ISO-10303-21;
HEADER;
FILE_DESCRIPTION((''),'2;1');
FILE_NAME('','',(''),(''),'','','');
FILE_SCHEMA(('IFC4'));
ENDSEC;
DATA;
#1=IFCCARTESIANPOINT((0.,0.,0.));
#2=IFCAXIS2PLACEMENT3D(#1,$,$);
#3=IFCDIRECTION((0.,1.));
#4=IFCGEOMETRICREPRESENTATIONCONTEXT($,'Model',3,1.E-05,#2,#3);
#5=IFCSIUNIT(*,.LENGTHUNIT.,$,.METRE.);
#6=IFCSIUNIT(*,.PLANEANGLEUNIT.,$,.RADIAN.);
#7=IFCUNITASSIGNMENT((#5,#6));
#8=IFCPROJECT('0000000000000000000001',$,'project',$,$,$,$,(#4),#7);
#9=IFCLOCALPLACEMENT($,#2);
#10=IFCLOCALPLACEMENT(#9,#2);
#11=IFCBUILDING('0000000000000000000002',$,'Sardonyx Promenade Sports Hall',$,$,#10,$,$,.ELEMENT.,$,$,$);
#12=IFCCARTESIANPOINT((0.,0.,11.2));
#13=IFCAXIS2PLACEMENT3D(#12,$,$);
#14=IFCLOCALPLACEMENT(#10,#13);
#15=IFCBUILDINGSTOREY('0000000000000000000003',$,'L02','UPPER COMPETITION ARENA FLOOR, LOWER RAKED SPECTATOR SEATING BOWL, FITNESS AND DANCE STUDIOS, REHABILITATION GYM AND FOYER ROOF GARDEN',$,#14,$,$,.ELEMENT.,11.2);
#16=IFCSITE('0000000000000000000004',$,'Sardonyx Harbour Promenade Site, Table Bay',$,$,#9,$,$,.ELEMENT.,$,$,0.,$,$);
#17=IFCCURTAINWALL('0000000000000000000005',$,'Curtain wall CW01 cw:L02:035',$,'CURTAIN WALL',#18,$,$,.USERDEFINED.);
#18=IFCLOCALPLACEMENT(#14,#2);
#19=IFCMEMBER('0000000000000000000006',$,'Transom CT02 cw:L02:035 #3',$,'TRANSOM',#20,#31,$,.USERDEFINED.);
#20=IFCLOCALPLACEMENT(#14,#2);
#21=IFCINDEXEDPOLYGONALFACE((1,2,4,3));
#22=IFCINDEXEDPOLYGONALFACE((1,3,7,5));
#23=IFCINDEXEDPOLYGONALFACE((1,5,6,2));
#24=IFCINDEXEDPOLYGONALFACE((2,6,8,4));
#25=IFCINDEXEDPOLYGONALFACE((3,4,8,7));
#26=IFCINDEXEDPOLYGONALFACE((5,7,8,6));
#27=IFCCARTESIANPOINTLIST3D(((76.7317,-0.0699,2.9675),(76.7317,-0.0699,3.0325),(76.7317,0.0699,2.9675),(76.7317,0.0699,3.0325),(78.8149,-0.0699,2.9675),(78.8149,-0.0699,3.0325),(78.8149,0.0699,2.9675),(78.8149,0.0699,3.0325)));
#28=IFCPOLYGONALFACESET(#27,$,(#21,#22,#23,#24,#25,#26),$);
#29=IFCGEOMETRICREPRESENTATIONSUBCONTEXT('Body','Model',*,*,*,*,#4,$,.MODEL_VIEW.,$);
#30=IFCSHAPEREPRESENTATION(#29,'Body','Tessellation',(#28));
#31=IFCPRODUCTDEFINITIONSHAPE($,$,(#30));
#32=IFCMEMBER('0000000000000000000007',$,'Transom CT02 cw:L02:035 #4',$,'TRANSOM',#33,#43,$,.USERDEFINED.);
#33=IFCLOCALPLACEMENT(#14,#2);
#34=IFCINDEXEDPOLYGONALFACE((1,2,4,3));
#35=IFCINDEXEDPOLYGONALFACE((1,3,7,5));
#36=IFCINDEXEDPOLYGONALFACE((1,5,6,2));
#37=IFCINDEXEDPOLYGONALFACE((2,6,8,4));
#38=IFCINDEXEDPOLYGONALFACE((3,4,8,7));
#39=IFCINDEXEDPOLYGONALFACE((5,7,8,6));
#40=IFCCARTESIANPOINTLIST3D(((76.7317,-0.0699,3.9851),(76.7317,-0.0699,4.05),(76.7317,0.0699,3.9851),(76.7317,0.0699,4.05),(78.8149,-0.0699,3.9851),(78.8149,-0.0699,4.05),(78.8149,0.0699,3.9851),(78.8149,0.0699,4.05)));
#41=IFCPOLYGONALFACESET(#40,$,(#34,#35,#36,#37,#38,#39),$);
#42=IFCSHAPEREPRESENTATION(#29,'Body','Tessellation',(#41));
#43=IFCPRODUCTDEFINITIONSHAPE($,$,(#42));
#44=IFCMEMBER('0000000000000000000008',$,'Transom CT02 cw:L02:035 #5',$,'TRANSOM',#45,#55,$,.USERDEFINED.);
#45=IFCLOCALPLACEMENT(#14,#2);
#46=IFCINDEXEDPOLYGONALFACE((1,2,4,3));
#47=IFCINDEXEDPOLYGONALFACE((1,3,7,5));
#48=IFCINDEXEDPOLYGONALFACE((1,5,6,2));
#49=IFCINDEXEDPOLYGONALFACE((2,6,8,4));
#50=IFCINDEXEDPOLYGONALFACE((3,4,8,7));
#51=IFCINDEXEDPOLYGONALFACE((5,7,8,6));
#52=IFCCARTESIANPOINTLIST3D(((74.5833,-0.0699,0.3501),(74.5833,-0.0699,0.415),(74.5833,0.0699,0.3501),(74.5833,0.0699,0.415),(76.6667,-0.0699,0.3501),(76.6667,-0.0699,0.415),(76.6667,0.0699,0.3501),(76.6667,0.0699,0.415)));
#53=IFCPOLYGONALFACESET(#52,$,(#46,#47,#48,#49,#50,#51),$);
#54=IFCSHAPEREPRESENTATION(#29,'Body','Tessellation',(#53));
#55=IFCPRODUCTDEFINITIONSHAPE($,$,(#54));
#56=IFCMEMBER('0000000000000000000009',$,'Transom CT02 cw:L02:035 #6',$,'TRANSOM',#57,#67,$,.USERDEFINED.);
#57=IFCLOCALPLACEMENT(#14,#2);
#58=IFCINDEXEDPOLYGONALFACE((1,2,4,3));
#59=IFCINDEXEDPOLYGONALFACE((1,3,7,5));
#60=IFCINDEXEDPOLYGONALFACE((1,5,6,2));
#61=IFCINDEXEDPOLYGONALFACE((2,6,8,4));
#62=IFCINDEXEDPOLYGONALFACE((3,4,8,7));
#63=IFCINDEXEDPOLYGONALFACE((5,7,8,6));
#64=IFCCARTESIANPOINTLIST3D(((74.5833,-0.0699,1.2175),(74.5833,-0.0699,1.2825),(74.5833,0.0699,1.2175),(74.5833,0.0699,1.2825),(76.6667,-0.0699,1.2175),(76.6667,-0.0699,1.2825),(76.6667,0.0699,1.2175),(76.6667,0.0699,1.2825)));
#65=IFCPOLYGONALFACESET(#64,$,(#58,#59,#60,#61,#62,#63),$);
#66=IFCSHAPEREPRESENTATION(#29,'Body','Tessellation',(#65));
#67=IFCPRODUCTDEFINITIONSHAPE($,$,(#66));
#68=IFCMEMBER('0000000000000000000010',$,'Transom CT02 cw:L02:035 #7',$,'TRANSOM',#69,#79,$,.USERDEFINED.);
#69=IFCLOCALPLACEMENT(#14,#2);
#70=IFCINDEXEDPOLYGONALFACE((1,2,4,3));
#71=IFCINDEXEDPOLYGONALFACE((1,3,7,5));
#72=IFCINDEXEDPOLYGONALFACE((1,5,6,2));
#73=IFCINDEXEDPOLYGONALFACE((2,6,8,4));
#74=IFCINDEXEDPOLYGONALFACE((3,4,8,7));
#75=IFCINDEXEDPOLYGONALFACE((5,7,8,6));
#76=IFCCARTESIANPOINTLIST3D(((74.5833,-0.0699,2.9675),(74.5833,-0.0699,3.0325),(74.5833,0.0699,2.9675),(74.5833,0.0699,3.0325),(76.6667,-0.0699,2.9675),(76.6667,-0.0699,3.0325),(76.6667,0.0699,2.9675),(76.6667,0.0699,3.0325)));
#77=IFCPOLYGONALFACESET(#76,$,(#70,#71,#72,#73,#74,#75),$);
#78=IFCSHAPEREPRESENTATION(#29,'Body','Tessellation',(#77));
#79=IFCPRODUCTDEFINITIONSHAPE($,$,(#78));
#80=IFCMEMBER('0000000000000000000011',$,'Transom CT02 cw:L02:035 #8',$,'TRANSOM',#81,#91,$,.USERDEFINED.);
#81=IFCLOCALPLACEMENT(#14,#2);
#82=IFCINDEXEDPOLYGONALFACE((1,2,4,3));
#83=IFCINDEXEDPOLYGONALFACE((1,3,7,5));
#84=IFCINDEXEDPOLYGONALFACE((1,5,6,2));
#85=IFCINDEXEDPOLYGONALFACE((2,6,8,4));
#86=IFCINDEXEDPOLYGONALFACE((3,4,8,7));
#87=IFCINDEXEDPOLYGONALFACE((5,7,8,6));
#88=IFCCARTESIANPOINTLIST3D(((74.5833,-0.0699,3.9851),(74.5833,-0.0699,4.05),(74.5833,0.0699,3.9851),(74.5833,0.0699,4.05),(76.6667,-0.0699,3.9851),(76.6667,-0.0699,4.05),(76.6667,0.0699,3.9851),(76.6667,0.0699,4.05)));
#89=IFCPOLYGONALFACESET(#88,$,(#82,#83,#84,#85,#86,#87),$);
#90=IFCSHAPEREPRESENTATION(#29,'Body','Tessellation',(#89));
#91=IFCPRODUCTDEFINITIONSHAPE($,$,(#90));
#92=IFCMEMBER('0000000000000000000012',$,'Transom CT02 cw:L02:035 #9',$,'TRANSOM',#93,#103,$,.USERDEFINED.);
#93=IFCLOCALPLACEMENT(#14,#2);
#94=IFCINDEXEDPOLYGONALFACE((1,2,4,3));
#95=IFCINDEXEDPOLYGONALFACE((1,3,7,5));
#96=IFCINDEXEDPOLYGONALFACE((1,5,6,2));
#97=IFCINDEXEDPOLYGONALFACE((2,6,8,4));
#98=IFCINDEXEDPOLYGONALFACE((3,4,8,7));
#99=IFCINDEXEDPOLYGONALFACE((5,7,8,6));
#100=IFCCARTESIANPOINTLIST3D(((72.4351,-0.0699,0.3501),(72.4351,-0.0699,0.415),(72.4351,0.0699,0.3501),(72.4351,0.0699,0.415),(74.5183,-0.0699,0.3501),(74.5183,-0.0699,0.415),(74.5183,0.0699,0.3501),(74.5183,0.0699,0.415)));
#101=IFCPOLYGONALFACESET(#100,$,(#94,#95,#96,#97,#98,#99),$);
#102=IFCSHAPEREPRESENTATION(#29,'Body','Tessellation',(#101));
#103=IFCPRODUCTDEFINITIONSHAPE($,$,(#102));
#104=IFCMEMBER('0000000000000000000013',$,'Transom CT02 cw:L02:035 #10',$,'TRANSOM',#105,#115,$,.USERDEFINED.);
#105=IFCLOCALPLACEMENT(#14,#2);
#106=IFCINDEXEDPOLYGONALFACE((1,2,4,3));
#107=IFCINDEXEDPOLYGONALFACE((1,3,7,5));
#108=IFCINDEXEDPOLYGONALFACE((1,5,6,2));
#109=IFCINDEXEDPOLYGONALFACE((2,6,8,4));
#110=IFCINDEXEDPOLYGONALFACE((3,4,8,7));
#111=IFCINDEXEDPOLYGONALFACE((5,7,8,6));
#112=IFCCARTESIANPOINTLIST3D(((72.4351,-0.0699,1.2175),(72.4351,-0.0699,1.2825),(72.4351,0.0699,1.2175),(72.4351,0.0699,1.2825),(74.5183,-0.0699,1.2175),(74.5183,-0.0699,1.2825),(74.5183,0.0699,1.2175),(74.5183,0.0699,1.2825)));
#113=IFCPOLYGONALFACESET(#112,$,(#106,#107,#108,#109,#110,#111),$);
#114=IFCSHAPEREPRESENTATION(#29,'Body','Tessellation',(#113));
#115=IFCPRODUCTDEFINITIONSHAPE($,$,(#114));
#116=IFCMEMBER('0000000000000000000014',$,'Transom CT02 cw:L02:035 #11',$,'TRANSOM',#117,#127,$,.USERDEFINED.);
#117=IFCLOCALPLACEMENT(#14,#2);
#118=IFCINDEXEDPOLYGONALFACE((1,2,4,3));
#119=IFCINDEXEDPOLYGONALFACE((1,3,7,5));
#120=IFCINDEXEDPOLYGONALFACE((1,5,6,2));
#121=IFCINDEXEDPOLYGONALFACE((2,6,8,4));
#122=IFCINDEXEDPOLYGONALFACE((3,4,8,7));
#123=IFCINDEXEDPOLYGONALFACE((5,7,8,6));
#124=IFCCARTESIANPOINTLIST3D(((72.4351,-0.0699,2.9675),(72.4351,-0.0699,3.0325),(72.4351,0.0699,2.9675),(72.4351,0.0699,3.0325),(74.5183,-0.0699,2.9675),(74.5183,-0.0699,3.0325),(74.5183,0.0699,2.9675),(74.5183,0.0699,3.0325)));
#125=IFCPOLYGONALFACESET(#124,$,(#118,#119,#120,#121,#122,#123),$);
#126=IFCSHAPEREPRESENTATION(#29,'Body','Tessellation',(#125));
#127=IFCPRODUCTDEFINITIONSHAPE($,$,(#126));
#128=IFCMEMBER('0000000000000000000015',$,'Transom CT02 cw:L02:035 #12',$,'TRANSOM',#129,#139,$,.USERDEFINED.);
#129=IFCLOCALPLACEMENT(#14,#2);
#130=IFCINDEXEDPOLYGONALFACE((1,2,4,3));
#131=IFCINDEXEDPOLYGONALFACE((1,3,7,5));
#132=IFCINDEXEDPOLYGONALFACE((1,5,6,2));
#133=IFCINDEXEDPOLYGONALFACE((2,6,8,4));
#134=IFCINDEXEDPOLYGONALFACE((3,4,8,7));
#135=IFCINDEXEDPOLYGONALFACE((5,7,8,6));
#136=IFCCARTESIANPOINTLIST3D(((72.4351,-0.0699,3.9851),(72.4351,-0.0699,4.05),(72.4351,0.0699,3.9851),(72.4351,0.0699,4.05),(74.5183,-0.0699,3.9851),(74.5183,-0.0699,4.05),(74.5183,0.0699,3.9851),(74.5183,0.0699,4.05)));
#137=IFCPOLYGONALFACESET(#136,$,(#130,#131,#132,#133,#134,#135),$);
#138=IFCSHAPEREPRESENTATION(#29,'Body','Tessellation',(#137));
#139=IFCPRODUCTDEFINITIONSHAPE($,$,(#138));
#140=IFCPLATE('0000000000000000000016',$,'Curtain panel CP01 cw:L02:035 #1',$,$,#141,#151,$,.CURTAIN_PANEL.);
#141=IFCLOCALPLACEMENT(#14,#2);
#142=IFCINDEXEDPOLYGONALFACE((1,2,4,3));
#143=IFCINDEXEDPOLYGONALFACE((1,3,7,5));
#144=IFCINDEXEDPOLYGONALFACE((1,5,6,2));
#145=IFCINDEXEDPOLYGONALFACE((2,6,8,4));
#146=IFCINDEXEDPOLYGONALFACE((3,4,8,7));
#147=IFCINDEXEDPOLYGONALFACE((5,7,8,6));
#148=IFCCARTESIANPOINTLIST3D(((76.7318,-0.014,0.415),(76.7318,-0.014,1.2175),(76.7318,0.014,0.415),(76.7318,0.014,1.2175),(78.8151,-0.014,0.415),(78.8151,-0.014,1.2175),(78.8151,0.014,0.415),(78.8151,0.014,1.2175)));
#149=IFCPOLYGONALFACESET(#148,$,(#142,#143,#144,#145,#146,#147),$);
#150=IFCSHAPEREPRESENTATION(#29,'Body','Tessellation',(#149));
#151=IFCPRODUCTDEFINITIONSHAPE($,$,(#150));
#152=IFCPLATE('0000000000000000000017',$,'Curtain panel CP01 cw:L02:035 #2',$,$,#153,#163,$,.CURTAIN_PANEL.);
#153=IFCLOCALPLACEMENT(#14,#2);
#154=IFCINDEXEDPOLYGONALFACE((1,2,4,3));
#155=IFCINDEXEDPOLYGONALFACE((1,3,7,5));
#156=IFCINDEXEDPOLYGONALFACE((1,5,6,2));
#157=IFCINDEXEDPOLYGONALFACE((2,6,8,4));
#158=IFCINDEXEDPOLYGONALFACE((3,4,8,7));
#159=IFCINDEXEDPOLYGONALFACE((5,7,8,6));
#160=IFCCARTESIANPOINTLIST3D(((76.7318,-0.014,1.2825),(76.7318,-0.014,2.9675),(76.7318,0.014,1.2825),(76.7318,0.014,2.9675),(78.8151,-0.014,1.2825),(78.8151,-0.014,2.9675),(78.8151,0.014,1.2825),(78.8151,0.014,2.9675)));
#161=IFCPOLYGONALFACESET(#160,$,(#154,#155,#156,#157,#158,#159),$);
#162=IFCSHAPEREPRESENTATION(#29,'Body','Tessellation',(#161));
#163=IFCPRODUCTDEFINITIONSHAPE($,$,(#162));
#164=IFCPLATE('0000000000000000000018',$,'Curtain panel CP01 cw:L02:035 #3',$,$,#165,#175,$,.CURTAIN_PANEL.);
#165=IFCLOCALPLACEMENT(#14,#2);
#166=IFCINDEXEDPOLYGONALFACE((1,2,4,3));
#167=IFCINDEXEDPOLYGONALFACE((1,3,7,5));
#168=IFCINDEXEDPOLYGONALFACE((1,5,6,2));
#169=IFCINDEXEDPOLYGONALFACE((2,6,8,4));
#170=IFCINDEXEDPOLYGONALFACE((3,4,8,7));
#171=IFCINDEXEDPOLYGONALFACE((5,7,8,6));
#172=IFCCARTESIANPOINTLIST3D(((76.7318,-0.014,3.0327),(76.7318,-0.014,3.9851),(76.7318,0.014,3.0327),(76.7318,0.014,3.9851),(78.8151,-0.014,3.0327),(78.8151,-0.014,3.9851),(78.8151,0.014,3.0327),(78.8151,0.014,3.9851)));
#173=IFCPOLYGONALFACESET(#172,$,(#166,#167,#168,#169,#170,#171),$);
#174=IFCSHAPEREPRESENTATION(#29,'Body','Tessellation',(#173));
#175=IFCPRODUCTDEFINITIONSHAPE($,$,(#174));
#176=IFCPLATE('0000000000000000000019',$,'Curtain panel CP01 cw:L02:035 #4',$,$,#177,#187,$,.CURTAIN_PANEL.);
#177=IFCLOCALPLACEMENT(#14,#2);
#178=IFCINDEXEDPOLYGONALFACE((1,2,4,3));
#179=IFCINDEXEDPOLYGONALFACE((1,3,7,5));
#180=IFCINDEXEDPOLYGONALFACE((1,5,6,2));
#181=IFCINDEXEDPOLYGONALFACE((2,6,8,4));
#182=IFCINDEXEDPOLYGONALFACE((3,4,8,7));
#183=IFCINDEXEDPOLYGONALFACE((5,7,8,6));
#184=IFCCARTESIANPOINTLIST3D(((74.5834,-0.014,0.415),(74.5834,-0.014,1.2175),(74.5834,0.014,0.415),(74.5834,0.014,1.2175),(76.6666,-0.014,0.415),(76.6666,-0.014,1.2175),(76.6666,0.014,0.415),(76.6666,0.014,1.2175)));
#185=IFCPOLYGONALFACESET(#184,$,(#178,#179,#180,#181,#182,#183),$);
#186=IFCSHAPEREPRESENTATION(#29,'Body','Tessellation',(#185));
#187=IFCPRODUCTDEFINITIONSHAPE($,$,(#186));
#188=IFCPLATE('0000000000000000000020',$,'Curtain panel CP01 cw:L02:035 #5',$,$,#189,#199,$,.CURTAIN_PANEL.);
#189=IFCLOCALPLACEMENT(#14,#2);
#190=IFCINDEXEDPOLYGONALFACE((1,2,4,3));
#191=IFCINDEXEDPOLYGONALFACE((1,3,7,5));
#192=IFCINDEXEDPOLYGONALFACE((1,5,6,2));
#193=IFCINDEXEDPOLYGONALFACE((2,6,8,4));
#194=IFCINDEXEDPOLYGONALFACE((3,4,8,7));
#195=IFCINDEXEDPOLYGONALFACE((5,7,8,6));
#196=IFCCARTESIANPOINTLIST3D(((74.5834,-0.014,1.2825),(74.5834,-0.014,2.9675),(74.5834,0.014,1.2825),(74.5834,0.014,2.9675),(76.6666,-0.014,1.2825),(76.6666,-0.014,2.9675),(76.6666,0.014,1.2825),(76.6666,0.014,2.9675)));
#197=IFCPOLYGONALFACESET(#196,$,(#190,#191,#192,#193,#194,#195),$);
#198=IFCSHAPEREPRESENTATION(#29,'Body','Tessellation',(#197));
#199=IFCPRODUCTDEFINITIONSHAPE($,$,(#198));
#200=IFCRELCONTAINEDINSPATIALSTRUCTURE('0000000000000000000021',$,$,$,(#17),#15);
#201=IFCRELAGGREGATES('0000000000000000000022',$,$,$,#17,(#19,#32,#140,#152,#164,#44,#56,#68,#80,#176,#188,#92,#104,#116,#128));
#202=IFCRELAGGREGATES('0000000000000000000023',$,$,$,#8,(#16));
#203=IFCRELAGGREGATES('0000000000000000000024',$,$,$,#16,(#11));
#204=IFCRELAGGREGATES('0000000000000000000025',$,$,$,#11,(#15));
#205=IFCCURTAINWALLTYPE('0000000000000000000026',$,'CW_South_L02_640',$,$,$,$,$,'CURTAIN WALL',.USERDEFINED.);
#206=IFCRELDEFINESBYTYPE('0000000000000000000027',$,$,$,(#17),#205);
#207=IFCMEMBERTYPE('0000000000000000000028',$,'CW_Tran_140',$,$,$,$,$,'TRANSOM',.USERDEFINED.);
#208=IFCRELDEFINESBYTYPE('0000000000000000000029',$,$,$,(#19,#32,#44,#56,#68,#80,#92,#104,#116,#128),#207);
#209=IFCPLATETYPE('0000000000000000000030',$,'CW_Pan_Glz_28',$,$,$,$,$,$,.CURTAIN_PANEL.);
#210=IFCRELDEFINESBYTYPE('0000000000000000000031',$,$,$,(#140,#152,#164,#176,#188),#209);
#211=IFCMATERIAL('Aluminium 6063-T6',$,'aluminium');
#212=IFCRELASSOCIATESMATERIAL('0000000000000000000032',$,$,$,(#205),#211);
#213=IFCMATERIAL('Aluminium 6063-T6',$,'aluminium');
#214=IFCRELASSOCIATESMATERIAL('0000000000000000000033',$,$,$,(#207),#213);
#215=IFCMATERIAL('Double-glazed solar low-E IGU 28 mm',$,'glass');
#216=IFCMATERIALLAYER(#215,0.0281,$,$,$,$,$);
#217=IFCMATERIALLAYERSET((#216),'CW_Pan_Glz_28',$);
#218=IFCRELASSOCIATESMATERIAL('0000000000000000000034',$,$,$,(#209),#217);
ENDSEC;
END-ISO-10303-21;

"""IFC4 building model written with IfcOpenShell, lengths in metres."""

from ifc_helpers import new_model, si_unit, direction, frame, origin, origin_2d, place, context, subcontext, project, spatial, rectangle, extrude, material, layer, layer_set, material_profile, profile_set, type_object, element, aggregate, save


model = new_model("IFC4")

# Units and contexts
model_context = context("Model", 3, precision=1e-05, world=origin(), true_north=direction((0.0, 1.0)))
body_context = subcontext(model_context, "Body", "Model", "MODEL_VIEW")
ifc_project = project(units=[si_unit("LENGTHUNIT", "METRE"), si_unit("PLANEANGLEUNIT", "RADIAN")], contexts=[model_context])

# Site, building, storey
site_placement = place(None, origin())
site = spatial("IfcSite", under=ifc_project, at=site_placement, Name="Sardonyx Harbour Promenade Site, Table Bay", CompositionType="ELEMENT", RefElevation=0.0)
building_placement = place(site_placement, origin())
building = spatial("IfcBuilding", under=site, at=building_placement, Name="Sardonyx Promenade Sports Hall", CompositionType="ELEMENT")
storey_placement = place(building_placement, frame((0.0, 0.0, 11.2)))
storey = spatial("IfcBuildingStorey", under=building, at=storey_placement, Name="L02", Description="UPPER COMPETITION ARENA FLOOR, LOWER RAKED SPECTATOR SEATING BOWL, FITNESS AND DANCE STUDIOS, REHABILITATION GYM AND FOYER ROOF GARDEN", CompositionType="ELEMENT", Elevation=11.2)

# Curtain wall, members, plates
ifc_material_1 = material(Name="Aluminium 6063-T6", Category="aluminium")
curtain_wall_type = type_object("IfcCurtainWallType", Name="CW_South_L02_640", ElementType="CURTAIN WALL", PredefinedType="USERDEFINED", material=ifc_material_1)
curtain_wall_placement = place(storey_placement, origin())
curtain_wall = element("IfcCurtainWall", 1, at=curtain_wall_placement, inside=storey, type_object=curtain_wall_type, Name="Curtain wall CW01 cw:L02:035", ObjectType="CURTAIN WALL", PredefinedType="USERDEFINED")
ifc_material_2 = material(Name="Aluminium 6063-T6", Category="aluminium")
ifc_material_profile_1 = material_profile(ifc_material_2, rectangle(XDim=0.0649, YDim=0.1399, at=origin_2d()))
ifc_profile_set_1 = profile_set([ifc_material_profile_1], Name="Aluminium 6063-T6")
member_type_1 = type_object("IfcMemberType", Name="CW_Tran_140", ElementType="TRANSOM", PredefinedType="USERDEFINED", material=ifc_profile_set_1)
member_1_placement = place(storey_placement, frame((78.8149, 0.0, 3.0), z_axis=(-1.0, 0.0, 0.0), x_axis=(0.0, 0.0, 1.0)))
member_1 = element("IfcMember", 2, at=member_1_placement, type_object=member_type_1, Name="Transom CT02 cw:L02:035 #3", ObjectType="TRANSOM", PredefinedType="USERDEFINED", context=body_context, shape_type="SweptSolid", body=[
    extrude(rectangle(XDim=0.0649, YDim=0.1399, at=origin_2d()), origin(), (0.0, 0.0, 1.0), 2.0833),
])
member_2_placement = place(storey_placement, frame((78.8149, 0.0, 4.0176), z_axis=(-1.0, 0.0, 0.0), x_axis=(0.0, 0.0, 1.0)))
member_2 = element("IfcMember", 3, at=member_2_placement, type_object=member_type_1, Name="Transom CT02 cw:L02:035 #4", ObjectType="TRANSOM", PredefinedType="USERDEFINED", context=body_context, shape_type="SweptSolid", body=[
    extrude(rectangle(XDim=0.0649, YDim=0.1399, at=origin_2d()), origin(), (0.0, 0.0, 1.0), 2.0833),
])
member_3_placement = place(storey_placement, frame((76.6667, 0.0, 0.3826), z_axis=(-1.0, 0.0, 0.0), x_axis=(0.0, 0.0, 1.0)))
member_3 = element("IfcMember", 4, at=member_3_placement, type_object=member_type_1, Name="Transom CT02 cw:L02:035 #5", ObjectType="TRANSOM", PredefinedType="USERDEFINED", context=body_context, shape_type="SweptSolid", body=[
    extrude(rectangle(XDim=0.0649, YDim=0.1399, at=origin_2d()), origin(), (0.0, 0.0, 1.0), 2.0835),
])
member_4_placement = place(storey_placement, frame((76.6667, 0.0, 1.25), z_axis=(-1.0, 0.0, 0.0), x_axis=(0.0, 0.0, 1.0)))
member_4 = element("IfcMember", 5, at=member_4_placement, type_object=member_type_1, Name="Transom CT02 cw:L02:035 #6", ObjectType="TRANSOM", PredefinedType="USERDEFINED", context=body_context, shape_type="SweptSolid", body=[
    extrude(rectangle(XDim=0.0649, YDim=0.1399, at=origin_2d()), origin(), (0.0, 0.0, 1.0), 2.0835),
])
member_5_placement = place(storey_placement, frame((76.6667, 0.0, 3.0), z_axis=(-1.0, 0.0, 0.0), x_axis=(0.0, 0.0, 1.0)))
member_5 = element("IfcMember", 6, at=member_5_placement, type_object=member_type_1, Name="Transom CT02 cw:L02:035 #7", ObjectType="TRANSOM", PredefinedType="USERDEFINED", context=body_context, shape_type="SweptSolid", body=[
    extrude(rectangle(XDim=0.0649, YDim=0.1399, at=origin_2d()), origin(), (0.0, 0.0, 1.0), 2.0835),
])
member_6_placement = place(storey_placement, frame((76.6667, 0.0, 4.0176), z_axis=(-1.0, 0.0, 0.0), x_axis=(0.0, 0.0, 1.0)))
member_6 = element("IfcMember", 7, at=member_6_placement, type_object=member_type_1, Name="Transom CT02 cw:L02:035 #8", ObjectType="TRANSOM", PredefinedType="USERDEFINED", context=body_context, shape_type="SweptSolid", body=[
    extrude(rectangle(XDim=0.0649, YDim=0.1399, at=origin_2d()), origin(), (0.0, 0.0, 1.0), 2.0835),
])
member_7_placement = place(storey_placement, frame((74.5183, 0.0, 0.3826), z_axis=(-1.0, 0.0, 0.0), x_axis=(0.0, 0.0, 1.0)))
member_7 = element("IfcMember", 8, at=member_7_placement, type_object=member_type_1, Name="Transom CT02 cw:L02:035 #9", ObjectType="TRANSOM", PredefinedType="USERDEFINED", context=body_context, shape_type="SweptSolid", body=[
    extrude(rectangle(XDim=0.0649, YDim=0.1399, at=origin_2d()), origin(), (0.0, 0.0, 1.0), 2.0833),
])
member_8_placement = place(storey_placement, frame((74.5183, 0.0, 1.25), z_axis=(-1.0, 0.0, 0.0), x_axis=(0.0, 0.0, 1.0)))
member_8 = element("IfcMember", 9, at=member_8_placement, type_object=member_type_1, Name="Transom CT02 cw:L02:035 #10", ObjectType="TRANSOM", PredefinedType="USERDEFINED", context=body_context, shape_type="SweptSolid", body=[
    extrude(rectangle(XDim=0.0649, YDim=0.1399, at=origin_2d()), origin(), (0.0, 0.0, 1.0), 2.0833),
])
member_9_placement = place(storey_placement, frame((74.5183, 0.0, 3.0), z_axis=(-1.0, 0.0, 0.0), x_axis=(0.0, 0.0, 1.0)))
member_9 = element("IfcMember", 10, at=member_9_placement, type_object=member_type_1, Name="Transom CT02 cw:L02:035 #11", ObjectType="TRANSOM", PredefinedType="USERDEFINED", context=body_context, shape_type="SweptSolid", body=[
    extrude(rectangle(XDim=0.0649, YDim=0.1399, at=origin_2d()), origin(), (0.0, 0.0, 1.0), 2.0833),
])
member_10_placement = place(storey_placement, frame((74.5183, 0.0, 4.0176), z_axis=(-1.0, 0.0, 0.0), x_axis=(0.0, 0.0, 1.0)))
member_10 = element("IfcMember", 11, at=member_10_placement, type_object=member_type_1, Name="Transom CT02 cw:L02:035 #12", ObjectType="TRANSOM", PredefinedType="USERDEFINED", context=body_context, shape_type="SweptSolid", body=[
    extrude(rectangle(XDim=0.0649, YDim=0.1399, at=origin_2d()), origin(), (0.0, 0.0, 1.0), 2.0833),
])
ifc_material_3 = material(Name="Double-glazed solar low-E IGU 28 mm", Category="glass")
ifc_layer_1 = layer(ifc_material_3, 0.0281)
ifc_layer_set_1 = layer_set([ifc_layer_1], Name="CW_Pan_Glz_28")
plate_type = type_object("IfcPlateType", Name="CW_Pan_Glz_28", PredefinedType="CURTAIN_PANEL", material=ifc_layer_set_1)
plate_1_placement = place(storey_placement, frame((77.7734, 0.0, 0.415), z_axis=(0.0, 0.0, 1.0), x_axis=(-1.0, 0.0, 0.0)))
plate_1 = element("IfcPlate", 12, at=plate_1_placement, type_object=plate_type, Name="Curtain panel CP01 cw:L02:035 #1", PredefinedType="CURTAIN_PANEL", context=body_context, shape_type="SweptSolid", body=[
    extrude(rectangle(XDim=2.0833, YDim=0.0281, at=origin_2d()), origin(), (0.0, 0.0, 1.0), 0.8025),
])
plate_2_placement = place(storey_placement, frame((77.7734, 0.0, 1.2825), z_axis=(0.0, 0.0, 1.0), x_axis=(-1.0, 0.0, 0.0)))
plate_2 = element("IfcPlate", 13, at=plate_2_placement, type_object=plate_type, Name="Curtain panel CP01 cw:L02:035 #2", PredefinedType="CURTAIN_PANEL", context=body_context, shape_type="SweptSolid", body=[
    extrude(rectangle(XDim=2.0833, YDim=0.0281, at=origin_2d()), origin(), (0.0, 0.0, 1.0), 1.6851),
])
plate_3_placement = place(storey_placement, frame((77.7734, 0.0, 3.0327), z_axis=(0.0, 0.0, 1.0), x_axis=(-1.0, 0.0, 0.0)))
plate_3 = element("IfcPlate", 14, at=plate_3_placement, type_object=plate_type, Name="Curtain panel CP01 cw:L02:035 #3", PredefinedType="CURTAIN_PANEL", context=body_context, shape_type="SweptSolid", body=[
    extrude(rectangle(XDim=2.0833, YDim=0.0281, at=origin_2d()), origin(), (0.0, 0.0, 1.0), 0.9524),
])
plate_4_placement = place(storey_placement, frame((75.625, 0.0, 0.415), z_axis=(0.0, 0.0, 1.0), x_axis=(-1.0, 0.0, 0.0)))
plate_4 = element("IfcPlate", 15, at=plate_4_placement, type_object=plate_type, Name="Curtain panel CP01 cw:L02:035 #4", PredefinedType="CURTAIN_PANEL", context=body_context, shape_type="SweptSolid", body=[
    extrude(rectangle(XDim=2.0833, YDim=0.0281, at=origin_2d()), origin(), (0.0, 0.0, 1.0), 0.8025),
])
plate_5_placement = place(storey_placement, frame((75.625, 0.0, 1.2825), z_axis=(0.0, 0.0, 1.0), x_axis=(-1.0, 0.0, 0.0)))
plate_5 = element("IfcPlate", 16, at=plate_5_placement, type_object=plate_type, Name="Curtain panel CP01 cw:L02:035 #5", PredefinedType="CURTAIN_PANEL", context=body_context, shape_type="SweptSolid", body=[
    extrude(rectangle(XDim=2.0833, YDim=0.0281, at=origin_2d()), origin(), (0.0, 0.0, 1.0), 1.6851),
])
aggregate(curtain_wall, [member_1, member_2, plate_1, plate_2, plate_3, member_3, member_4, member_5, member_6, plate_4, plate_5, member_7, member_8, member_9, member_10])

save(model, "model.ifc")
